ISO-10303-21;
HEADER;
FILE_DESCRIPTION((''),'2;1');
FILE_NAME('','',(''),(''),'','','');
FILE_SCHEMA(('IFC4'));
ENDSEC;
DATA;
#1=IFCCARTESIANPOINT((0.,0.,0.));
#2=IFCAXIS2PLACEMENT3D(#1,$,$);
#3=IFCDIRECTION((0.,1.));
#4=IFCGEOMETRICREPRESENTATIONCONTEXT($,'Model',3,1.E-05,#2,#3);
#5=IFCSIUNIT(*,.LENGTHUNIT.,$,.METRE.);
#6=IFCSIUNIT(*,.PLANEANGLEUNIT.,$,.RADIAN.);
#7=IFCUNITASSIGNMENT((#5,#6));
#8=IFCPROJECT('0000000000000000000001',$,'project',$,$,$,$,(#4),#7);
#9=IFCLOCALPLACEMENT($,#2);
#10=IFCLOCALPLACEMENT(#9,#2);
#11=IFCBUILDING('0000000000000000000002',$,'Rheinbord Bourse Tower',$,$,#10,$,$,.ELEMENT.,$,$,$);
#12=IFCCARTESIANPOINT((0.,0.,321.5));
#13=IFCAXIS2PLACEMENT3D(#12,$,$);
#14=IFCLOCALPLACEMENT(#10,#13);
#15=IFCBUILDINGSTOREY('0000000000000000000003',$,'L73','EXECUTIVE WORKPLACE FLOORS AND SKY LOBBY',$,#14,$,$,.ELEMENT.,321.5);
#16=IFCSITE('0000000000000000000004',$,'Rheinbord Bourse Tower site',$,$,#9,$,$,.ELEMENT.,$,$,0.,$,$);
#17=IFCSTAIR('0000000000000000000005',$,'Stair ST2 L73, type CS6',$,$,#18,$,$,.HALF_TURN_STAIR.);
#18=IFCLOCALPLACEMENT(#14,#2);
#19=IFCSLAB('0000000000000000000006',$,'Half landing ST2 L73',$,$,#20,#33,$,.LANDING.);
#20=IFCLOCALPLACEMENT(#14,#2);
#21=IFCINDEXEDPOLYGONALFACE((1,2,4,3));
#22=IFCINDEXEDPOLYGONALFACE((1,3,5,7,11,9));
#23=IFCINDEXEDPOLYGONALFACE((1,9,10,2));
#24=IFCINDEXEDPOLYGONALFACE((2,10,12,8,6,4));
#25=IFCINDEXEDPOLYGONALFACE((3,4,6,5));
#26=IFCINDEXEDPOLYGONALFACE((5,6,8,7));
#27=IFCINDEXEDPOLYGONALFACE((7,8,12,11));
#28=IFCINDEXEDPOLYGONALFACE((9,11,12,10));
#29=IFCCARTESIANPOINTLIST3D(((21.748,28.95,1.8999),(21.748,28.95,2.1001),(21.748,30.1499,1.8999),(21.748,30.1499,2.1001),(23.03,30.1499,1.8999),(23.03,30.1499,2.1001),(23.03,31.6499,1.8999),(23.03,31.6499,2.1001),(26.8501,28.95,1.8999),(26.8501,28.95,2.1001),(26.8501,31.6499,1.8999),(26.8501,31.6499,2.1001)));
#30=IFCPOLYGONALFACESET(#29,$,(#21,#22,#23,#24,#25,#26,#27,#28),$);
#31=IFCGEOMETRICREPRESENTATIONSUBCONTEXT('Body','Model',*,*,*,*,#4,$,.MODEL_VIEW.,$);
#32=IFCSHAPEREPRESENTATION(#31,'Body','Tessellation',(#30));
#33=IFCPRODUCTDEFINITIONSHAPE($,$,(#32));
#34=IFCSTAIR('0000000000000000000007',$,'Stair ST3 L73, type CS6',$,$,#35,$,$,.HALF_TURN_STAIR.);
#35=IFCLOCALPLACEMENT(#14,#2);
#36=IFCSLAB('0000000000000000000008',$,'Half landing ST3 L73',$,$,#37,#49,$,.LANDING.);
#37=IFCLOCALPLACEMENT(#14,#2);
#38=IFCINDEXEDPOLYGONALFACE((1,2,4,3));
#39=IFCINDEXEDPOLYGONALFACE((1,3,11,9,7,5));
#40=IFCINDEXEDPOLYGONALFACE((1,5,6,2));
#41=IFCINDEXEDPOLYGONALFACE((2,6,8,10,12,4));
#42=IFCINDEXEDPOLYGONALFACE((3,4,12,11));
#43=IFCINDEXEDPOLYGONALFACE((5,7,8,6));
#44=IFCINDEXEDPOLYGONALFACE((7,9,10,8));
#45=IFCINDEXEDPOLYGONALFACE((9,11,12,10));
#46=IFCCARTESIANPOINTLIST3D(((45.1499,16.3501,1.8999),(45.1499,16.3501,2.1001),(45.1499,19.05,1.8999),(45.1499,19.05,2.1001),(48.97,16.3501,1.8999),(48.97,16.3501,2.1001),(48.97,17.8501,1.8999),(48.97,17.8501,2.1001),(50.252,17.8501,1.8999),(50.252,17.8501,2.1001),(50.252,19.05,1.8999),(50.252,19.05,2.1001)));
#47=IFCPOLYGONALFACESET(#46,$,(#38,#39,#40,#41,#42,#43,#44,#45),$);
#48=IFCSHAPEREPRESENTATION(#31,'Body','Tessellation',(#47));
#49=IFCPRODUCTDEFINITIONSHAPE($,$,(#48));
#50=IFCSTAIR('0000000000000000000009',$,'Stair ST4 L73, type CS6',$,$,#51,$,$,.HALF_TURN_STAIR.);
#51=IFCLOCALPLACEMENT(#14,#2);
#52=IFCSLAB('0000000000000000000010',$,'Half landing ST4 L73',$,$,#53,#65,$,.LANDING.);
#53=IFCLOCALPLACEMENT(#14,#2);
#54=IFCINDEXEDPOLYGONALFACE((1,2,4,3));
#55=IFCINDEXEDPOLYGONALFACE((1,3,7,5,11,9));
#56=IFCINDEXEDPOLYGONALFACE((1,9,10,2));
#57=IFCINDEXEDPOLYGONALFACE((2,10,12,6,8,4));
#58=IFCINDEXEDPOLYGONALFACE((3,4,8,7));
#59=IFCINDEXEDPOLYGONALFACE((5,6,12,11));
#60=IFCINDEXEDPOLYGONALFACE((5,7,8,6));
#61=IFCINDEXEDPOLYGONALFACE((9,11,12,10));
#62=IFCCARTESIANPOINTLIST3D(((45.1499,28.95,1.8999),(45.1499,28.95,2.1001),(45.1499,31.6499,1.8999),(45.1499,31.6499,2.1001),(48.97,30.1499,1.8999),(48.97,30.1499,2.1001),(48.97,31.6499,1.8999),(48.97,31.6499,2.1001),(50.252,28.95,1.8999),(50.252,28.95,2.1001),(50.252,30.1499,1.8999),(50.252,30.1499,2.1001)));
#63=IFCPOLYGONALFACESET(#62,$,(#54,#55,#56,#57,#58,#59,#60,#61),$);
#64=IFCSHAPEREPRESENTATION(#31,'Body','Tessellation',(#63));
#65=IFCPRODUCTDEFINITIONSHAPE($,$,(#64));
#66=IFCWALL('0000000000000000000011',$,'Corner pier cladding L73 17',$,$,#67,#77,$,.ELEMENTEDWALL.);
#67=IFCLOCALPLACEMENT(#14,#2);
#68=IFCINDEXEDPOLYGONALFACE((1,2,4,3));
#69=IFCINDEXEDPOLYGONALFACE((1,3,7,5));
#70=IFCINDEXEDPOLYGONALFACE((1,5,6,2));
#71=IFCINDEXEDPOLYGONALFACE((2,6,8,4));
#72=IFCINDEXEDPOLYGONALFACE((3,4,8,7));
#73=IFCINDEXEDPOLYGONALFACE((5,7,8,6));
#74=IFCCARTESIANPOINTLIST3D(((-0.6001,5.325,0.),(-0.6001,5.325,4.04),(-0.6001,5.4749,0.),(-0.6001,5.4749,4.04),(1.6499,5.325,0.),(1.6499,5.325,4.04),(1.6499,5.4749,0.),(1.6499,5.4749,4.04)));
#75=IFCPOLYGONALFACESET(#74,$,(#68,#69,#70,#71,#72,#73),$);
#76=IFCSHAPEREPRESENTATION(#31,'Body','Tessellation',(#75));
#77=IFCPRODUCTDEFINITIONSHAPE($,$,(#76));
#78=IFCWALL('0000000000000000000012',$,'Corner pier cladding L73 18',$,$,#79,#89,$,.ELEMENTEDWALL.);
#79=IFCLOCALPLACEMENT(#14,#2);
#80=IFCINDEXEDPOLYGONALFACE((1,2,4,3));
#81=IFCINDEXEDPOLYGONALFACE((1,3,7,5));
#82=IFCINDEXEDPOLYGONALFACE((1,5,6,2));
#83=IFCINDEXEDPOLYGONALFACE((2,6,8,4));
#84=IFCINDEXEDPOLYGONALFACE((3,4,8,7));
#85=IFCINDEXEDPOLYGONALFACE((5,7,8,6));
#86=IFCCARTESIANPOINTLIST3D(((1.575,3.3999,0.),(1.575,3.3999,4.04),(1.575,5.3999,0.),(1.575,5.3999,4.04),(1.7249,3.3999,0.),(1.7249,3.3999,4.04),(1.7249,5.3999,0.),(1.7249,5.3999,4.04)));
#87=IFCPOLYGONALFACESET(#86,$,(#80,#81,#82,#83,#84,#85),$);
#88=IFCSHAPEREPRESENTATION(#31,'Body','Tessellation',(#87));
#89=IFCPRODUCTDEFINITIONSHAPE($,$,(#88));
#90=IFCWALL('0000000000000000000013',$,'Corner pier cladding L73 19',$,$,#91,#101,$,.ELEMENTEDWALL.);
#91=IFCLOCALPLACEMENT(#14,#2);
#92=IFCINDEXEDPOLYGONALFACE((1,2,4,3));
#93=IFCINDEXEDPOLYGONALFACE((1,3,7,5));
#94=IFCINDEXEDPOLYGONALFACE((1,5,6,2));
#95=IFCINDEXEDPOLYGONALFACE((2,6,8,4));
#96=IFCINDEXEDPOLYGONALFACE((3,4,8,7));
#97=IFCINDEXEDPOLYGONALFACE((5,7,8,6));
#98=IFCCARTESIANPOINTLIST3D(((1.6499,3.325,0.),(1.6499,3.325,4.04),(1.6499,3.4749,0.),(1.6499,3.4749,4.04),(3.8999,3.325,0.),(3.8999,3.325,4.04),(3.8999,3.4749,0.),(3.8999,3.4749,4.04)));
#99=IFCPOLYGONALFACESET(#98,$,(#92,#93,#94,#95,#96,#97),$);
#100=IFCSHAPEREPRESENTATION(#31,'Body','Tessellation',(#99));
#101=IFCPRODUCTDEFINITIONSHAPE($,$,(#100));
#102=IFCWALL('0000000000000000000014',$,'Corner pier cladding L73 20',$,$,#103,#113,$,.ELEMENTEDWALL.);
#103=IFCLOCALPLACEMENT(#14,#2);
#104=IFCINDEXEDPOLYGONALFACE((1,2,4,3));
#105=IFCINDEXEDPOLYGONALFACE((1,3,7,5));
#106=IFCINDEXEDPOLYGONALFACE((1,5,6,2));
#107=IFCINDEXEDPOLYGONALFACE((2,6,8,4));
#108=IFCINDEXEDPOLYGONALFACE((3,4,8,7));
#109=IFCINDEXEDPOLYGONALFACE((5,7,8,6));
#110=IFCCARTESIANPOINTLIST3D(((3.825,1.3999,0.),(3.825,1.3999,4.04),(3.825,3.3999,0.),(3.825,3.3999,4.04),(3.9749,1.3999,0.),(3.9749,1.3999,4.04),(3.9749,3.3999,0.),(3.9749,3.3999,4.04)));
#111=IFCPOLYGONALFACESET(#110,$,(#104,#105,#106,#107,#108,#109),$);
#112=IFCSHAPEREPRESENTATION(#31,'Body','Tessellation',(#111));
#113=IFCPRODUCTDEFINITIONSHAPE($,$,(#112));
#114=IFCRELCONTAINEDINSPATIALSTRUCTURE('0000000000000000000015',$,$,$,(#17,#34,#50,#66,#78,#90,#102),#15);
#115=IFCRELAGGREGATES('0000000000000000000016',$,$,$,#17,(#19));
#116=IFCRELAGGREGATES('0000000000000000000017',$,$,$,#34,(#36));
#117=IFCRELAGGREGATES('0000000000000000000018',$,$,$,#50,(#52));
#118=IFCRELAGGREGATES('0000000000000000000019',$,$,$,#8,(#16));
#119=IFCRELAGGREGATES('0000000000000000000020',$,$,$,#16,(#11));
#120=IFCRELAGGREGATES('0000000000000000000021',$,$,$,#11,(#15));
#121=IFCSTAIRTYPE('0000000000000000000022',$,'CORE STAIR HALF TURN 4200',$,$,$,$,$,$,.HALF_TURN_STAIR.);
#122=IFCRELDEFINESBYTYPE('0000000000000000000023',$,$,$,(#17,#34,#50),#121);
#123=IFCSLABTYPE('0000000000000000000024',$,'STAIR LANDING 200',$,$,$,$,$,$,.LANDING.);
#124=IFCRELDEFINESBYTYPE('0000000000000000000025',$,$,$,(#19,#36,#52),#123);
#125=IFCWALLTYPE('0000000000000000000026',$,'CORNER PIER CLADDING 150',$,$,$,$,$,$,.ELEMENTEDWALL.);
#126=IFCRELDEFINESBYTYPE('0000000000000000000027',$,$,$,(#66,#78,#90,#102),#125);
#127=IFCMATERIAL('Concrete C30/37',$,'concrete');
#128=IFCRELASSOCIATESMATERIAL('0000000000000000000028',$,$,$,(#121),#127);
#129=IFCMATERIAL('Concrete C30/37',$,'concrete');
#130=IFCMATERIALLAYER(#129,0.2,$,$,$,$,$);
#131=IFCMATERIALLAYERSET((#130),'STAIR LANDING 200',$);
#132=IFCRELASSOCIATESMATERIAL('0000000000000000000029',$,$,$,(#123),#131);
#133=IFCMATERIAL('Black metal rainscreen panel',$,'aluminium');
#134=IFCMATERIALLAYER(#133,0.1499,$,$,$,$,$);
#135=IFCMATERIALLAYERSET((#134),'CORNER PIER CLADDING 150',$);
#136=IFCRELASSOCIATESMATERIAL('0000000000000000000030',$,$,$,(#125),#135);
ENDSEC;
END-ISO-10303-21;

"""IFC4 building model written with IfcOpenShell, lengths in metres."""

from ifc_helpers import new_model, si_unit, direction, frame, frame_2d, origin, place, context, subcontext, project, spatial, polyline, rectangle, outline, extrude, material, layer, layer_set, type_object, element, aggregate, save


model = new_model("IFC4")

# Units and contexts
model_context = context("Model", 3, precision=1e-05, world=origin(), true_north=direction((0.0, 1.0)))
body_context = subcontext(model_context, "Body", "Model", "MODEL_VIEW")
ifc_project = project(units=[si_unit("LENGTHUNIT", "METRE"), si_unit("PLANEANGLEUNIT", "RADIAN")], contexts=[model_context])

# Site, building, storey
site_placement = place(None, origin())
site = spatial("IfcSite", under=ifc_project, at=site_placement, Name="Rheinbord Bourse Tower site", CompositionType="ELEMENT", RefElevation=0.0)
building_placement = place(site_placement, origin())
building = spatial("IfcBuilding", under=site, at=building_placement, Name="Rheinbord Bourse Tower", CompositionType="ELEMENT")
storey_placement = place(building_placement, frame((0.0, 0.0, 321.5)))
storey = spatial("IfcBuildingStorey", under=building, at=storey_placement, Name="L73", Description="EXECUTIVE WORKPLACE FLOORS AND SKY LOBBY", CompositionType="ELEMENT", Elevation=321.5)

# Stairs, slabs
ifc_material_1 = material(Name="Concrete C30/37", Category="concrete")
stair_type = type_object("IfcStairType", Name="CORE STAIR HALF TURN 4200", PredefinedType="HALF_TURN_STAIR", material=ifc_material_1)
ifc_material_2 = material(Name="Concrete C30/37", Category="concrete")
ifc_layer_1 = layer(ifc_material_2, 0.2)
ifc_layer_set_1 = layer_set([ifc_layer_1], Name="STAIR LANDING 200")
slab_type_1 = type_object("IfcSlabType", Name="STAIR LANDING 200", PredefinedType="LANDING", material=ifc_layer_set_1)
stair_1_placement = place(storey_placement, origin())
stair_1 = element("IfcStair", 1, at=stair_1_placement, inside=storey, type_object=stair_type, Name="Stair ST2 L73, type CS6", PredefinedType="HALF_TURN_STAIR")
slab_1_placement = place(storey_placement, frame((0.0, 0.0, 1.8999)))
slab_1 = element("IfcSlab", 2, at=slab_1_placement, type_object=slab_type_1, Name="Half landing ST2 L73", PredefinedType="LANDING", context=body_context, shape_type="SweptSolid", body=[
    extrude(outline(polyline([(21.748, 28.95), (26.8501, 28.95), (26.8501, 31.6499), (23.03, 31.6499), (23.03, 30.1499), (21.748, 30.1499), (21.748, 28.95)])), origin(), (0.0, 0.0, 1.0), 0.2002),
])
aggregate(stair_1, [slab_1])
stair_2_placement = place(storey_placement, origin())
stair_2 = element("IfcStair", 3, at=stair_2_placement, inside=storey, type_object=stair_type, Name="Stair ST3 L73, type CS6", PredefinedType="HALF_TURN_STAIR")
slab_2_placement = place(storey_placement, frame((0.0, 0.0, 1.8999)))
slab_2 = element("IfcSlab", 4, at=slab_2_placement, type_object=slab_type_1, Name="Half landing ST3 L73", PredefinedType="LANDING", context=body_context, shape_type="SweptSolid", body=[
    extrude(outline(polyline([(45.1499, 16.3501), (48.97, 16.3501), (48.97, 17.8501), (50.252, 17.8501), (50.252, 19.05), (45.1499, 19.05), (45.1499, 16.3501)])), origin(), (0.0, 0.0, 1.0), 0.2002),
])
aggregate(stair_2, [slab_2])
stair_3_placement = place(storey_placement, origin())
stair_3 = element("IfcStair", 5, at=stair_3_placement, inside=storey, type_object=stair_type, Name="Stair ST4 L73, type CS6", PredefinedType="HALF_TURN_STAIR")
slab_3_placement = place(storey_placement, frame((0.0, 0.0, 1.8999)))
slab_3 = element("IfcSlab", 6, at=slab_3_placement, type_object=slab_type_1, Name="Half landing ST4 L73", PredefinedType="LANDING", context=body_context, shape_type="SweptSolid", body=[
    extrude(outline(polyline([(45.1499, 28.95), (50.252, 28.95), (50.252, 30.1499), (48.97, 30.1499), (48.97, 31.6499), (45.1499, 31.6499), (45.1499, 28.95)])), origin(), (0.0, 0.0, 1.0), 0.2002),
])
aggregate(stair_3, [slab_3])

# Walls
ifc_material_3 = material(Name="Black metal rainscreen panel", Category="aluminium")
ifc_layer_2 = layer(ifc_material_3, 0.1499)
ifc_layer_set_2 = layer_set([ifc_layer_2], Name="CORNER PIER CLADDING 150")
wall_type = type_object("IfcWallType", Name="CORNER PIER CLADDING 150", PredefinedType="ELEMENTEDWALL", material=ifc_layer_set_2)
wall_1_placement = place(storey_placement, frame((-0.6001, 5.3999, 0.0), z_axis=(0.0, 0.0, 1.0), x_axis=(1.0, 0.0, 0.0)))
element("IfcWall", 7, at=wall_1_placement, inside=storey, type_object=wall_type, Name="Corner pier cladding L73 17", PredefinedType="ELEMENTEDWALL", context=body_context, shape_type="SweptSolid", body=[
    extrude(rectangle(XDim=2.25, YDim=0.1499, at=frame_2d((1.125, 0.0))), origin(), (0.0, 0.0, 1.0), 4.04),
])
wall_2_placement = place(storey_placement, frame((1.6499, 5.3999, 0.0), z_axis=(0.0, 0.0, 1.0), x_axis=(0.0, -1.0, 0.0)))
element("IfcWall", 8, at=wall_2_placement, inside=storey, type_object=wall_type, Name="Corner pier cladding L73 18", PredefinedType="ELEMENTEDWALL", context=body_context, shape_type="SweptSolid", body=[
    extrude(rectangle(XDim=2.0, YDim=0.1499, at=frame_2d((1.0, 0.0))), origin(), (0.0, 0.0, 1.0), 4.04),
])
wall_3_placement = place(storey_placement, frame((1.6499, 3.3999, 0.0), z_axis=(0.0, 0.0, 1.0), x_axis=(1.0, 0.0, 0.0)))
element("IfcWall", 9, at=wall_3_placement, inside=storey, type_object=wall_type, Name="Corner pier cladding L73 19", PredefinedType="ELEMENTEDWALL", context=body_context, shape_type="SweptSolid", body=[
    extrude(rectangle(XDim=2.25, YDim=0.1499, at=frame_2d((1.125, 0.0))), origin(), (0.0, 0.0, 1.0), 4.04),
])
wall_4_placement = place(storey_placement, frame((3.8999, 3.3999, 0.0), z_axis=(0.0, 0.0, 1.0), x_axis=(0.0, -1.0, 0.0)))
element("IfcWall", 10, at=wall_4_placement, inside=storey, type_object=wall_type, Name="Corner pier cladding L73 20", PredefinedType="ELEMENTEDWALL", context=body_context, shape_type="SweptSolid", body=[
    extrude(rectangle(XDim=2.0, YDim=0.1499, at=frame_2d((1.0, 0.0))), origin(), (0.0, 0.0, 1.0), 4.04),
])

save(model, "model.ifc")
